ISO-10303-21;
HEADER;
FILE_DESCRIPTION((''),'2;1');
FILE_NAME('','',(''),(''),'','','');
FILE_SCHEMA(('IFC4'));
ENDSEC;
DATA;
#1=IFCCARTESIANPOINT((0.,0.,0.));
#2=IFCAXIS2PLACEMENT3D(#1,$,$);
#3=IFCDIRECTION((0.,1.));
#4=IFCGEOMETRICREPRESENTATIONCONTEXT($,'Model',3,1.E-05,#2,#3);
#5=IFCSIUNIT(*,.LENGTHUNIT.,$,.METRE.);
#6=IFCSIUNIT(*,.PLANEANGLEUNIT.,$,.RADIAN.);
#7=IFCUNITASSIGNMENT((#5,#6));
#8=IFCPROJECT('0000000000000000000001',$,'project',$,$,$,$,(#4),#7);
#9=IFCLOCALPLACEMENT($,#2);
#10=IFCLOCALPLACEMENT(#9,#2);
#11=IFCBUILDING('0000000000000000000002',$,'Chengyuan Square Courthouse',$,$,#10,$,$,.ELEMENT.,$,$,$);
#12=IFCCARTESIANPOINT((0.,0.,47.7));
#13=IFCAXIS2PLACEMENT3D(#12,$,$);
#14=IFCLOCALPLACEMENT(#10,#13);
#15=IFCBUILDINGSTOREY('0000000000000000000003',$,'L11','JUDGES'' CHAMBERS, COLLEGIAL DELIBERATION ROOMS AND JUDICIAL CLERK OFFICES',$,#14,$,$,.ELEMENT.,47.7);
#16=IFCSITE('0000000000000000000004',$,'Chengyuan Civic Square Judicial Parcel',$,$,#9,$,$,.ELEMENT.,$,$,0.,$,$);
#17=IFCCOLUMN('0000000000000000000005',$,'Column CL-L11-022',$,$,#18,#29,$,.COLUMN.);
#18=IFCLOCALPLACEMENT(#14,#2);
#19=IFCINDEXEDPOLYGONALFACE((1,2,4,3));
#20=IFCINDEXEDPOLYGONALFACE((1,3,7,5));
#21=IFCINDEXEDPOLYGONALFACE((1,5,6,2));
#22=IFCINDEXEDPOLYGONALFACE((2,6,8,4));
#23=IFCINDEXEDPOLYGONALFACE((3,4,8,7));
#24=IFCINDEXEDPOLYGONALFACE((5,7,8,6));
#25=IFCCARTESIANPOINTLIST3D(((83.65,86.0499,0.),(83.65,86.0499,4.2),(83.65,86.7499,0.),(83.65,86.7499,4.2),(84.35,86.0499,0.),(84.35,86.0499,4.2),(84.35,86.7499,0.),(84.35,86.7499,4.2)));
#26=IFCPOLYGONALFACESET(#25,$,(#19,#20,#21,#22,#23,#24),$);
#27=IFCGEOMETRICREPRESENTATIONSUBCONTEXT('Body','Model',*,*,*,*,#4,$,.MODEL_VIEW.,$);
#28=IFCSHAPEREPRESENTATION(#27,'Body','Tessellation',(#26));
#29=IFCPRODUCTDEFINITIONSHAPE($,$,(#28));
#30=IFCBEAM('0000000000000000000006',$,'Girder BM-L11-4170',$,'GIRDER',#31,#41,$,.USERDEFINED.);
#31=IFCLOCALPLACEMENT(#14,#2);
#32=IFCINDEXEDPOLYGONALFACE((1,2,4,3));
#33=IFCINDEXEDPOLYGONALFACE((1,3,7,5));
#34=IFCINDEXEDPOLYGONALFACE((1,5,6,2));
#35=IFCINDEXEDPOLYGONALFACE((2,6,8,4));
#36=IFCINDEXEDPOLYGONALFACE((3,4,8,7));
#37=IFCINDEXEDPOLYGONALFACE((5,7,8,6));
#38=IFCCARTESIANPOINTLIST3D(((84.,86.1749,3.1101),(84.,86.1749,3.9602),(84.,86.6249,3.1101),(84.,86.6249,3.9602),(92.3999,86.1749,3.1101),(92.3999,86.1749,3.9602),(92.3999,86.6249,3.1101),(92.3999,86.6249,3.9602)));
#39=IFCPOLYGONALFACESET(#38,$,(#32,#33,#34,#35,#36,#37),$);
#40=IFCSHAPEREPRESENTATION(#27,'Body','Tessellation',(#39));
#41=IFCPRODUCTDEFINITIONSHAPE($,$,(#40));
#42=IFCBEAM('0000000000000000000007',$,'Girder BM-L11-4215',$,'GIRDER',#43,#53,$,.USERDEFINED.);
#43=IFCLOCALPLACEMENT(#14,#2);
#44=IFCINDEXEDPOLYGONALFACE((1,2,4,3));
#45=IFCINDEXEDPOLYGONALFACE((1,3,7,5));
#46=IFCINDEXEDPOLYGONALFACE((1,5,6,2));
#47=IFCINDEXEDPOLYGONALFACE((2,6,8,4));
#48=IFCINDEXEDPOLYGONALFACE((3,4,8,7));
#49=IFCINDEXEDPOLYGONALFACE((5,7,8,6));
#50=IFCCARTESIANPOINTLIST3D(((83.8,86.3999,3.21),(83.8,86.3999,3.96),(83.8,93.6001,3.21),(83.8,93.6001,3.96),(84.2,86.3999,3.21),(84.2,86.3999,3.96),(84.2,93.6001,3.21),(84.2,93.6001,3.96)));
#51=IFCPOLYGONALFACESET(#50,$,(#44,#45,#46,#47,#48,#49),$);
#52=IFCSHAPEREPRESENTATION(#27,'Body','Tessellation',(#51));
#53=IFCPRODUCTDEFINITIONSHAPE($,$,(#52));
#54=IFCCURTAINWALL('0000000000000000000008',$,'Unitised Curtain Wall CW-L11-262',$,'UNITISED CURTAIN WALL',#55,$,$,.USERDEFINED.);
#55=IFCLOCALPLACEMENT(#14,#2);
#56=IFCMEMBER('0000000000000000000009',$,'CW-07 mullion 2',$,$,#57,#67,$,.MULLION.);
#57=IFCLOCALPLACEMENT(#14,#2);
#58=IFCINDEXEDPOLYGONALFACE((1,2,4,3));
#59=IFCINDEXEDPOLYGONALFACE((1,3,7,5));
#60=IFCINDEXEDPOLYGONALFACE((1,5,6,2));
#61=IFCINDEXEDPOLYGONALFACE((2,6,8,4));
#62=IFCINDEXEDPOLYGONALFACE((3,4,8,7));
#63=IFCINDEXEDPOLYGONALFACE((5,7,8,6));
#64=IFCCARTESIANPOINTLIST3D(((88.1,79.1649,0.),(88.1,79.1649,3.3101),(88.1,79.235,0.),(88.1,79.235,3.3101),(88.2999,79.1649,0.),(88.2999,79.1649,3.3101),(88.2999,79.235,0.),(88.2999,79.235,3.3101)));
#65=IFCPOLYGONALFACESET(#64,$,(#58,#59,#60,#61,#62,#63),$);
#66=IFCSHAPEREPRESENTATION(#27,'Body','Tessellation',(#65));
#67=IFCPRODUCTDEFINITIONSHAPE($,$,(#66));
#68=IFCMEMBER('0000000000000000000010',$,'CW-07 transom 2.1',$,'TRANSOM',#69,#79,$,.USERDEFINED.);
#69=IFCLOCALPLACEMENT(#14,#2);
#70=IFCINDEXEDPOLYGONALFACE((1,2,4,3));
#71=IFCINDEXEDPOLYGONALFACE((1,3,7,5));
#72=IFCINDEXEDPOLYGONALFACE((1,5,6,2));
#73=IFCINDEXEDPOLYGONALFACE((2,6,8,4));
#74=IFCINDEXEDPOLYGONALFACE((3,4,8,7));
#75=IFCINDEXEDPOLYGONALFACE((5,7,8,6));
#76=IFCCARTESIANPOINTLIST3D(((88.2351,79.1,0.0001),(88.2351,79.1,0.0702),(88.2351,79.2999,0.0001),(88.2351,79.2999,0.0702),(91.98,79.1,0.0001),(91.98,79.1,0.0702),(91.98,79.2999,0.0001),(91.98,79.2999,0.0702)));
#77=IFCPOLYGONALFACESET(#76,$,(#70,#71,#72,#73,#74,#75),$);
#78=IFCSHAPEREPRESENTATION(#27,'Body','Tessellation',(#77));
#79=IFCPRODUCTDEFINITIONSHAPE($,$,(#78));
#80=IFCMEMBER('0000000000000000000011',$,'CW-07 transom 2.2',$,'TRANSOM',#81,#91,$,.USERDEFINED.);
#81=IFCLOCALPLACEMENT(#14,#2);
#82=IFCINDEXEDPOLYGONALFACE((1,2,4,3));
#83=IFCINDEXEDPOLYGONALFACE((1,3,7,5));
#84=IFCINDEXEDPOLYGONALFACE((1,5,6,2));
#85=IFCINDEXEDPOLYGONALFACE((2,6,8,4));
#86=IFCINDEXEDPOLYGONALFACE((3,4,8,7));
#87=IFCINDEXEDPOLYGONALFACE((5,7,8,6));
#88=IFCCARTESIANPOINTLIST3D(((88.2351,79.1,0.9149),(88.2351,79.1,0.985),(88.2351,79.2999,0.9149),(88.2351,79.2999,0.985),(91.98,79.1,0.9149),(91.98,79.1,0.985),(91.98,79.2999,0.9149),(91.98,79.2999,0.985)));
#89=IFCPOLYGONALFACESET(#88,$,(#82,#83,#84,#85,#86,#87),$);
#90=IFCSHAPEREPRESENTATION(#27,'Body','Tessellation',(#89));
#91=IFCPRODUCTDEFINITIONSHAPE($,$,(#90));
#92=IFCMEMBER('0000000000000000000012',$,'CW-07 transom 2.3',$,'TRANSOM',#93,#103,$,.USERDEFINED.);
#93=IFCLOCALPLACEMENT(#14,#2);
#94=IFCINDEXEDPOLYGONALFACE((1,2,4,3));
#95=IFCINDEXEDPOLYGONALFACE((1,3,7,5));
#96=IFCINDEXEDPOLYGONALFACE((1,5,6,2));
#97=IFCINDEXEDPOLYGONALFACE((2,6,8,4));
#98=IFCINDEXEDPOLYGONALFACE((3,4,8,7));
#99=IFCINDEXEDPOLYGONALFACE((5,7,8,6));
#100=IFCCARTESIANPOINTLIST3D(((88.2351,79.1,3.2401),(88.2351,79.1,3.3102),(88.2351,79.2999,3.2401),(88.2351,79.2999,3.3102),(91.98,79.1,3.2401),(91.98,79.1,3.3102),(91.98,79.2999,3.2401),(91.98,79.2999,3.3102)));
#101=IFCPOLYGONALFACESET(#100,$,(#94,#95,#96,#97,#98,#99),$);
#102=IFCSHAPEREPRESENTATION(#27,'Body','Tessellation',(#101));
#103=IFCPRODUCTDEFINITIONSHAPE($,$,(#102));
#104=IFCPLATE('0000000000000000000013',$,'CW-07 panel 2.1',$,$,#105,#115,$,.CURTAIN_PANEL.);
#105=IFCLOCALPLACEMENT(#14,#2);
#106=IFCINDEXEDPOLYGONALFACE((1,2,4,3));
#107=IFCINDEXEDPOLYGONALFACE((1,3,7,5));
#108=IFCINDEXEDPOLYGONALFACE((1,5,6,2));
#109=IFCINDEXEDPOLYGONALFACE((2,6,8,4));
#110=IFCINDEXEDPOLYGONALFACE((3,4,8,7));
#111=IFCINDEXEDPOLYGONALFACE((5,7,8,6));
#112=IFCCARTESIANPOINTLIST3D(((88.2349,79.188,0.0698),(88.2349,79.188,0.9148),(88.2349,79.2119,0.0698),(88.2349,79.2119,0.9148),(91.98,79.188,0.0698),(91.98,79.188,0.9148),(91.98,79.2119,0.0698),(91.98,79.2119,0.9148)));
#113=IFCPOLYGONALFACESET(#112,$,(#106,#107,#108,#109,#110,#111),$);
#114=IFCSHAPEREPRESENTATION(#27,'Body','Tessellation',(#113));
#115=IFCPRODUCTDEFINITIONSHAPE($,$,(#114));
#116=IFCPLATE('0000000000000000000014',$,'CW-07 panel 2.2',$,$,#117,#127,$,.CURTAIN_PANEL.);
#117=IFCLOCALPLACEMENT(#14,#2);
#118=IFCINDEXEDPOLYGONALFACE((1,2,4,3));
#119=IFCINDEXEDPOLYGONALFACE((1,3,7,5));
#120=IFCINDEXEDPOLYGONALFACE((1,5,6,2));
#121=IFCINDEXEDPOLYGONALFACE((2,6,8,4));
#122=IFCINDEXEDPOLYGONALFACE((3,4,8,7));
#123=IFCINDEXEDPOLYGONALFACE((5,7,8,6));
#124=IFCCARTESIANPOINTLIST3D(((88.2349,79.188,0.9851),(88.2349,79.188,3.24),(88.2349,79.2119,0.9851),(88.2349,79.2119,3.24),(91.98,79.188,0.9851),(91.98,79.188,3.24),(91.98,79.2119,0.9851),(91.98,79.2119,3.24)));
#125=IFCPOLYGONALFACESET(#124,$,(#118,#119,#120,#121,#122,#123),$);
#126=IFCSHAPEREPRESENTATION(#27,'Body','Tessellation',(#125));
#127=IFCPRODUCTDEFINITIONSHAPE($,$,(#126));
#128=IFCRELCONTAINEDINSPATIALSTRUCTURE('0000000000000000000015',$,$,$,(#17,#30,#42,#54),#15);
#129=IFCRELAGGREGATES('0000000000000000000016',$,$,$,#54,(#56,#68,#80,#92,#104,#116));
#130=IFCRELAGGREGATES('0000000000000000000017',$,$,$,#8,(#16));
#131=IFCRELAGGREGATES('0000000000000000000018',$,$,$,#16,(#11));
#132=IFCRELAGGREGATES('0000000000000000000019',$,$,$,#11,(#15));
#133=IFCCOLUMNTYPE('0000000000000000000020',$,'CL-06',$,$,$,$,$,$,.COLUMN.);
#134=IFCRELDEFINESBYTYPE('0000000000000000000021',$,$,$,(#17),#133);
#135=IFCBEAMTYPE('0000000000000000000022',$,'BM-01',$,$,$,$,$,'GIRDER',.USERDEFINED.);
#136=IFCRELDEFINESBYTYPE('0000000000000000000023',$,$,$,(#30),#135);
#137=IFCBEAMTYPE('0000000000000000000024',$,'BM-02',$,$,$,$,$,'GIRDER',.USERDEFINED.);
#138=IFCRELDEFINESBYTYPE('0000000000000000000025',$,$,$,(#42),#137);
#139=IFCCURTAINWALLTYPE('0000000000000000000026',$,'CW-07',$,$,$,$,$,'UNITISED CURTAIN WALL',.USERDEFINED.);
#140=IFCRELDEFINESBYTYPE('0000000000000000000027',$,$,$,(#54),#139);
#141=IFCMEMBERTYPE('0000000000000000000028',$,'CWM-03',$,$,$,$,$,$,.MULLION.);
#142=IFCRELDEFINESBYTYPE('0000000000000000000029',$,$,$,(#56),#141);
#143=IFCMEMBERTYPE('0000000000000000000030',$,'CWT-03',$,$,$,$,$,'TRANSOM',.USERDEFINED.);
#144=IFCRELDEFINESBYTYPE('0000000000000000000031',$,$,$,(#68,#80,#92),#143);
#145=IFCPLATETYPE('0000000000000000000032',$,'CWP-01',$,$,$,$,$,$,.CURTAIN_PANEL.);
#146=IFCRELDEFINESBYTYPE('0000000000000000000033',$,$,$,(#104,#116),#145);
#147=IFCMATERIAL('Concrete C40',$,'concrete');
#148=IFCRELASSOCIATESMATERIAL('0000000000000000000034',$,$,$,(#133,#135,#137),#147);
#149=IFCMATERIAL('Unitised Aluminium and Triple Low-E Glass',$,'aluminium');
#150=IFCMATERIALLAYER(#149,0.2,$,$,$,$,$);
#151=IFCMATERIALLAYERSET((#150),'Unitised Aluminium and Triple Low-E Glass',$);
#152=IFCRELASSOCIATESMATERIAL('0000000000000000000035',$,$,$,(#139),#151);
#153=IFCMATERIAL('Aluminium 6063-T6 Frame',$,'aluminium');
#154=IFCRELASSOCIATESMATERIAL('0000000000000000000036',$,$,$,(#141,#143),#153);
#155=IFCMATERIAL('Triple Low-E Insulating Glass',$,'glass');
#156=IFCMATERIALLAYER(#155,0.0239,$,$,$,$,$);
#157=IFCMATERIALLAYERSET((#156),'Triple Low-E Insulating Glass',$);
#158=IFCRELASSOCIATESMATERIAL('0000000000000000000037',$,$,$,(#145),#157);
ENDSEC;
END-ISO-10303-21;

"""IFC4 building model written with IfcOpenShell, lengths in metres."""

from ifc_helpers import new_model, si_unit, direction, frame, origin, origin_2d, place, context, subcontext, project, spatial, rectangle, extrude, material, layer, layer_set, material_profile, profile_set, type_object, element, aggregate, save


model = new_model("IFC4")

# Units and contexts
model_context = context("Model", 3, precision=1e-05, world=origin(), true_north=direction((0.0, 1.0)))
body_context = subcontext(model_context, "Body", "Model", "MODEL_VIEW")
ifc_project = project(units=[si_unit("LENGTHUNIT", "METRE"), si_unit("PLANEANGLEUNIT", "RADIAN")], contexts=[model_context])

# Site, building, storey
site_placement = place(None, origin())
site = spatial("IfcSite", under=ifc_project, at=site_placement, Name="Chengyuan Civic Square Judicial Parcel", CompositionType="ELEMENT", RefElevation=0.0)
building_placement = place(site_placement, origin())
building = spatial("IfcBuilding", under=site, at=building_placement, Name="Chengyuan Square Courthouse", CompositionType="ELEMENT")
storey_placement = place(building_placement, frame((0.0, 0.0, 47.7)))
storey = spatial("IfcBuildingStorey", under=building, at=storey_placement, Name="L11", Description="JUDGES' CHAMBERS, COLLEGIAL DELIBERATION ROOMS AND JUDICIAL CLERK OFFICES", CompositionType="ELEMENT", Elevation=47.7)

# Column
ifc_material_1 = material(Name="Concrete C40", Category="concrete")
ifc_material_profile_1 = material_profile(ifc_material_1, rectangle(XDim=0.7, YDim=0.7, at=origin_2d()), Name="RC-COL-700x700")
ifc_profile_set_1 = profile_set([ifc_material_profile_1], Name="Concrete C40")
column_type = type_object("IfcColumnType", Name="CL-06", PredefinedType="COLUMN", material=ifc_profile_set_1)
column_placement = place(storey_placement, frame((84.0, 86.3999, 0.0), z_axis=(0.0, 0.0, 1.0), x_axis=(1.0, 0.0, 0.0)))
element("IfcColumn", 1, at=column_placement, inside=storey, type_object=column_type, Name="Column CL-L11-022", PredefinedType="COLUMN", context=body_context, shape_type="SweptSolid", body=[
    extrude(rectangle(XDim=0.7, YDim=0.7, at=origin_2d()), origin(), (0.0, 0.0, 1.0), 4.2),
])

# Beams
ifc_material_profile_2 = material_profile(ifc_material_1, rectangle(XDim=0.45, YDim=0.8501, at=origin_2d()), Name="RC-BM-450x850")
ifc_profile_set_2 = profile_set([ifc_material_profile_2], Name="Concrete C40")
beam_type_1 = type_object("IfcBeamType", Name="BM-01", ElementType="GIRDER", PredefinedType="USERDEFINED", material=ifc_profile_set_2)
beam_1_placement = place(storey_placement, frame((84.0, 86.3999, 3.5352), z_axis=(1.0, 0.0, 0.0), x_axis=(0.0, 1.0, 0.0)))
element("IfcBeam", 2, at=beam_1_placement, inside=storey, type_object=beam_type_1, Name="Girder BM-L11-4170", ObjectType="GIRDER", PredefinedType="USERDEFINED", context=body_context, shape_type="SweptSolid", body=[
    extrude(rectangle(XDim=0.45, YDim=0.8501, at=origin_2d()), origin(), (0.0, 0.0, 1.0), 8.3999),
])
ifc_material_profile_3 = material_profile(ifc_material_1, rectangle(XDim=0.3999, YDim=0.75, at=origin_2d()), Name="RC-BM-400x750")
ifc_profile_set_3 = profile_set([ifc_material_profile_3], Name="Concrete C40")
beam_type_2 = type_object("IfcBeamType", Name="BM-02", ElementType="GIRDER", PredefinedType="USERDEFINED", material=ifc_profile_set_3)
beam_2_placement = place(storey_placement, frame((84.0, 86.3999, 3.585), z_axis=(0.0, 1.0, 0.0), x_axis=(-1.0, 0.0, 0.0)))
element("IfcBeam", 3, at=beam_2_placement, inside=storey, type_object=beam_type_2, Name="Girder BM-L11-4215", ObjectType="GIRDER", PredefinedType="USERDEFINED", context=body_context, shape_type="SweptSolid", body=[
    extrude(rectangle(XDim=0.3999, YDim=0.75, at=origin_2d()), origin(), (0.0, 0.0, 1.0), 7.2002),
])

# Curtain wall, members, plates
ifc_material_2 = material(Name="Unitised Aluminium and Triple Low-E Glass", Category="aluminium")
ifc_layer_1 = layer(ifc_material_2, 0.2)
ifc_layer_set_1 = layer_set([ifc_layer_1], Name="Unitised Aluminium and Triple Low-E Glass")
curtain_wall_type = type_object("IfcCurtainWallType", Name="CW-07", ElementType="UNITISED CURTAIN WALL", PredefinedType="USERDEFINED", material=ifc_layer_set_1)
curtain_wall_placement = place(storey_placement, origin())
curtain_wall = element("IfcCurtainWall", 4, at=curtain_wall_placement, inside=storey, type_object=curtain_wall_type, Name="Unitised Curtain Wall CW-L11-262", ObjectType="UNITISED CURTAIN WALL", PredefinedType="USERDEFINED")
ifc_material_3 = material(Name="Aluminium 6063-T6 Frame", Category="aluminium")
ifc_material_profile_4 = material_profile(ifc_material_3, rectangle(XDim=0.0701, YDim=0.2, at=origin_2d()), Name="CW-MUL-70x200")
ifc_profile_set_4 = profile_set([ifc_material_profile_4], Name="Aluminium 6063-T6 Frame")
member_type_1 = type_object("IfcMemberType", Name="CWM-03", PredefinedType="MULLION", material=ifc_profile_set_4)
member_1_placement = place(storey_placement, frame((88.2, 79.2, 0.0), z_axis=(0.0, 0.0, 1.0), x_axis=(0.0, 1.0, 0.0)))
member_1 = element("IfcMember", 5, at=member_1_placement, type_object=member_type_1, Name="CW-07 mullion 2", PredefinedType="MULLION", context=body_context, shape_type="SweptSolid", body=[
    extrude(rectangle(XDim=0.0701, YDim=0.2, at=origin_2d()), origin(), (0.0, 0.0, 1.0), 3.3101),
])
ifc_material_profile_5 = material_profile(ifc_material_3, rectangle(XDim=0.2, YDim=0.0701, at=origin_2d()), Name="CW-TRN-70x160")
ifc_profile_set_5 = profile_set([ifc_material_profile_5], Name="Aluminium 6063-T6 Frame")
member_type_2 = type_object("IfcMemberType", Name="CWT-03", ElementType="TRANSOM", PredefinedType="USERDEFINED", material=ifc_profile_set_5)
member_2_placement = place(storey_placement, frame((88.2351, 79.2, 0.0352), z_axis=(1.0, 0.0, 0.0), x_axis=(0.0, 1.0, 0.0)))
member_2 = element("IfcMember", 6, at=member_2_placement, type_object=member_type_2, Name="CW-07 transom 2.1", ObjectType="TRANSOM", PredefinedType="USERDEFINED", context=body_context, shape_type="SweptSolid", body=[
    extrude(rectangle(XDim=0.2, YDim=0.0701, at=origin_2d()), origin(), (0.0, 0.0, 1.0), 3.7449),
])
member_3_placement = place(storey_placement, frame((88.2351, 79.2, 0.95), z_axis=(1.0, 0.0, 0.0), x_axis=(0.0, 1.0, 0.0)))
member_3 = element("IfcMember", 7, at=member_3_placement, type_object=member_type_2, Name="CW-07 transom 2.2", ObjectType="TRANSOM", PredefinedType="USERDEFINED", context=body_context, shape_type="SweptSolid", body=[
    extrude(rectangle(XDim=0.2, YDim=0.0701, at=origin_2d()), origin(), (0.0, 0.0, 1.0), 3.7449),
])
member_4_placement = place(storey_placement, frame((88.2351, 79.2, 3.2751), z_axis=(1.0, 0.0, 0.0), x_axis=(0.0, 1.0, 0.0)))
member_4 = element("IfcMember", 8, at=member_4_placement, type_object=member_type_2, Name="CW-07 transom 2.3", ObjectType="TRANSOM", PredefinedType="USERDEFINED", context=body_context, shape_type="SweptSolid", body=[
    extrude(rectangle(XDim=0.2, YDim=0.0701, at=origin_2d()), origin(), (0.0, 0.0, 1.0), 3.7449),
])
ifc_material_4 = material(Name="Triple Low-E Insulating Glass", Category="glass")
ifc_layer_2 = layer(ifc_material_4, 0.0239)
ifc_layer_set_2 = layer_set([ifc_layer_2], Name="Triple Low-E Insulating Glass")
plate_type = type_object("IfcPlateType", Name="CWP-01", PredefinedType="CURTAIN_PANEL", material=ifc_layer_set_2)
plate_1_placement = place(storey_placement, frame((90.1074, 79.2, 0.0698), z_axis=(0.0, 0.0, 1.0), x_axis=(1.0, 0.0, 0.0)))
plate_1 = element("IfcPlate", 9, at=plate_1_placement, type_object=plate_type, Name="CW-07 panel 2.1", PredefinedType="CURTAIN_PANEL", context=body_context, shape_type="SweptSolid", body=[
    extrude(rectangle(XDim=3.7451, YDim=0.0239, at=origin_2d()), origin(), (0.0, 0.0, 1.0), 0.845),
])
plate_2_placement = place(storey_placement, frame((90.1074, 79.2, 0.9851), z_axis=(0.0, 0.0, 1.0), x_axis=(1.0, 0.0, 0.0)))
plate_2 = element("IfcPlate", 10, at=plate_2_placement, type_object=plate_type, Name="CW-07 panel 2.2", PredefinedType="CURTAIN_PANEL", context=body_context, shape_type="SweptSolid", body=[
    extrude(rectangle(XDim=3.7451, YDim=0.0239, at=origin_2d()), origin(), (0.0, 0.0, 1.0), 2.2549),
])
aggregate(curtain_wall, [member_1, member_2, member_3, member_4, plate_1, plate_2])

save(model, "model.ifc")
